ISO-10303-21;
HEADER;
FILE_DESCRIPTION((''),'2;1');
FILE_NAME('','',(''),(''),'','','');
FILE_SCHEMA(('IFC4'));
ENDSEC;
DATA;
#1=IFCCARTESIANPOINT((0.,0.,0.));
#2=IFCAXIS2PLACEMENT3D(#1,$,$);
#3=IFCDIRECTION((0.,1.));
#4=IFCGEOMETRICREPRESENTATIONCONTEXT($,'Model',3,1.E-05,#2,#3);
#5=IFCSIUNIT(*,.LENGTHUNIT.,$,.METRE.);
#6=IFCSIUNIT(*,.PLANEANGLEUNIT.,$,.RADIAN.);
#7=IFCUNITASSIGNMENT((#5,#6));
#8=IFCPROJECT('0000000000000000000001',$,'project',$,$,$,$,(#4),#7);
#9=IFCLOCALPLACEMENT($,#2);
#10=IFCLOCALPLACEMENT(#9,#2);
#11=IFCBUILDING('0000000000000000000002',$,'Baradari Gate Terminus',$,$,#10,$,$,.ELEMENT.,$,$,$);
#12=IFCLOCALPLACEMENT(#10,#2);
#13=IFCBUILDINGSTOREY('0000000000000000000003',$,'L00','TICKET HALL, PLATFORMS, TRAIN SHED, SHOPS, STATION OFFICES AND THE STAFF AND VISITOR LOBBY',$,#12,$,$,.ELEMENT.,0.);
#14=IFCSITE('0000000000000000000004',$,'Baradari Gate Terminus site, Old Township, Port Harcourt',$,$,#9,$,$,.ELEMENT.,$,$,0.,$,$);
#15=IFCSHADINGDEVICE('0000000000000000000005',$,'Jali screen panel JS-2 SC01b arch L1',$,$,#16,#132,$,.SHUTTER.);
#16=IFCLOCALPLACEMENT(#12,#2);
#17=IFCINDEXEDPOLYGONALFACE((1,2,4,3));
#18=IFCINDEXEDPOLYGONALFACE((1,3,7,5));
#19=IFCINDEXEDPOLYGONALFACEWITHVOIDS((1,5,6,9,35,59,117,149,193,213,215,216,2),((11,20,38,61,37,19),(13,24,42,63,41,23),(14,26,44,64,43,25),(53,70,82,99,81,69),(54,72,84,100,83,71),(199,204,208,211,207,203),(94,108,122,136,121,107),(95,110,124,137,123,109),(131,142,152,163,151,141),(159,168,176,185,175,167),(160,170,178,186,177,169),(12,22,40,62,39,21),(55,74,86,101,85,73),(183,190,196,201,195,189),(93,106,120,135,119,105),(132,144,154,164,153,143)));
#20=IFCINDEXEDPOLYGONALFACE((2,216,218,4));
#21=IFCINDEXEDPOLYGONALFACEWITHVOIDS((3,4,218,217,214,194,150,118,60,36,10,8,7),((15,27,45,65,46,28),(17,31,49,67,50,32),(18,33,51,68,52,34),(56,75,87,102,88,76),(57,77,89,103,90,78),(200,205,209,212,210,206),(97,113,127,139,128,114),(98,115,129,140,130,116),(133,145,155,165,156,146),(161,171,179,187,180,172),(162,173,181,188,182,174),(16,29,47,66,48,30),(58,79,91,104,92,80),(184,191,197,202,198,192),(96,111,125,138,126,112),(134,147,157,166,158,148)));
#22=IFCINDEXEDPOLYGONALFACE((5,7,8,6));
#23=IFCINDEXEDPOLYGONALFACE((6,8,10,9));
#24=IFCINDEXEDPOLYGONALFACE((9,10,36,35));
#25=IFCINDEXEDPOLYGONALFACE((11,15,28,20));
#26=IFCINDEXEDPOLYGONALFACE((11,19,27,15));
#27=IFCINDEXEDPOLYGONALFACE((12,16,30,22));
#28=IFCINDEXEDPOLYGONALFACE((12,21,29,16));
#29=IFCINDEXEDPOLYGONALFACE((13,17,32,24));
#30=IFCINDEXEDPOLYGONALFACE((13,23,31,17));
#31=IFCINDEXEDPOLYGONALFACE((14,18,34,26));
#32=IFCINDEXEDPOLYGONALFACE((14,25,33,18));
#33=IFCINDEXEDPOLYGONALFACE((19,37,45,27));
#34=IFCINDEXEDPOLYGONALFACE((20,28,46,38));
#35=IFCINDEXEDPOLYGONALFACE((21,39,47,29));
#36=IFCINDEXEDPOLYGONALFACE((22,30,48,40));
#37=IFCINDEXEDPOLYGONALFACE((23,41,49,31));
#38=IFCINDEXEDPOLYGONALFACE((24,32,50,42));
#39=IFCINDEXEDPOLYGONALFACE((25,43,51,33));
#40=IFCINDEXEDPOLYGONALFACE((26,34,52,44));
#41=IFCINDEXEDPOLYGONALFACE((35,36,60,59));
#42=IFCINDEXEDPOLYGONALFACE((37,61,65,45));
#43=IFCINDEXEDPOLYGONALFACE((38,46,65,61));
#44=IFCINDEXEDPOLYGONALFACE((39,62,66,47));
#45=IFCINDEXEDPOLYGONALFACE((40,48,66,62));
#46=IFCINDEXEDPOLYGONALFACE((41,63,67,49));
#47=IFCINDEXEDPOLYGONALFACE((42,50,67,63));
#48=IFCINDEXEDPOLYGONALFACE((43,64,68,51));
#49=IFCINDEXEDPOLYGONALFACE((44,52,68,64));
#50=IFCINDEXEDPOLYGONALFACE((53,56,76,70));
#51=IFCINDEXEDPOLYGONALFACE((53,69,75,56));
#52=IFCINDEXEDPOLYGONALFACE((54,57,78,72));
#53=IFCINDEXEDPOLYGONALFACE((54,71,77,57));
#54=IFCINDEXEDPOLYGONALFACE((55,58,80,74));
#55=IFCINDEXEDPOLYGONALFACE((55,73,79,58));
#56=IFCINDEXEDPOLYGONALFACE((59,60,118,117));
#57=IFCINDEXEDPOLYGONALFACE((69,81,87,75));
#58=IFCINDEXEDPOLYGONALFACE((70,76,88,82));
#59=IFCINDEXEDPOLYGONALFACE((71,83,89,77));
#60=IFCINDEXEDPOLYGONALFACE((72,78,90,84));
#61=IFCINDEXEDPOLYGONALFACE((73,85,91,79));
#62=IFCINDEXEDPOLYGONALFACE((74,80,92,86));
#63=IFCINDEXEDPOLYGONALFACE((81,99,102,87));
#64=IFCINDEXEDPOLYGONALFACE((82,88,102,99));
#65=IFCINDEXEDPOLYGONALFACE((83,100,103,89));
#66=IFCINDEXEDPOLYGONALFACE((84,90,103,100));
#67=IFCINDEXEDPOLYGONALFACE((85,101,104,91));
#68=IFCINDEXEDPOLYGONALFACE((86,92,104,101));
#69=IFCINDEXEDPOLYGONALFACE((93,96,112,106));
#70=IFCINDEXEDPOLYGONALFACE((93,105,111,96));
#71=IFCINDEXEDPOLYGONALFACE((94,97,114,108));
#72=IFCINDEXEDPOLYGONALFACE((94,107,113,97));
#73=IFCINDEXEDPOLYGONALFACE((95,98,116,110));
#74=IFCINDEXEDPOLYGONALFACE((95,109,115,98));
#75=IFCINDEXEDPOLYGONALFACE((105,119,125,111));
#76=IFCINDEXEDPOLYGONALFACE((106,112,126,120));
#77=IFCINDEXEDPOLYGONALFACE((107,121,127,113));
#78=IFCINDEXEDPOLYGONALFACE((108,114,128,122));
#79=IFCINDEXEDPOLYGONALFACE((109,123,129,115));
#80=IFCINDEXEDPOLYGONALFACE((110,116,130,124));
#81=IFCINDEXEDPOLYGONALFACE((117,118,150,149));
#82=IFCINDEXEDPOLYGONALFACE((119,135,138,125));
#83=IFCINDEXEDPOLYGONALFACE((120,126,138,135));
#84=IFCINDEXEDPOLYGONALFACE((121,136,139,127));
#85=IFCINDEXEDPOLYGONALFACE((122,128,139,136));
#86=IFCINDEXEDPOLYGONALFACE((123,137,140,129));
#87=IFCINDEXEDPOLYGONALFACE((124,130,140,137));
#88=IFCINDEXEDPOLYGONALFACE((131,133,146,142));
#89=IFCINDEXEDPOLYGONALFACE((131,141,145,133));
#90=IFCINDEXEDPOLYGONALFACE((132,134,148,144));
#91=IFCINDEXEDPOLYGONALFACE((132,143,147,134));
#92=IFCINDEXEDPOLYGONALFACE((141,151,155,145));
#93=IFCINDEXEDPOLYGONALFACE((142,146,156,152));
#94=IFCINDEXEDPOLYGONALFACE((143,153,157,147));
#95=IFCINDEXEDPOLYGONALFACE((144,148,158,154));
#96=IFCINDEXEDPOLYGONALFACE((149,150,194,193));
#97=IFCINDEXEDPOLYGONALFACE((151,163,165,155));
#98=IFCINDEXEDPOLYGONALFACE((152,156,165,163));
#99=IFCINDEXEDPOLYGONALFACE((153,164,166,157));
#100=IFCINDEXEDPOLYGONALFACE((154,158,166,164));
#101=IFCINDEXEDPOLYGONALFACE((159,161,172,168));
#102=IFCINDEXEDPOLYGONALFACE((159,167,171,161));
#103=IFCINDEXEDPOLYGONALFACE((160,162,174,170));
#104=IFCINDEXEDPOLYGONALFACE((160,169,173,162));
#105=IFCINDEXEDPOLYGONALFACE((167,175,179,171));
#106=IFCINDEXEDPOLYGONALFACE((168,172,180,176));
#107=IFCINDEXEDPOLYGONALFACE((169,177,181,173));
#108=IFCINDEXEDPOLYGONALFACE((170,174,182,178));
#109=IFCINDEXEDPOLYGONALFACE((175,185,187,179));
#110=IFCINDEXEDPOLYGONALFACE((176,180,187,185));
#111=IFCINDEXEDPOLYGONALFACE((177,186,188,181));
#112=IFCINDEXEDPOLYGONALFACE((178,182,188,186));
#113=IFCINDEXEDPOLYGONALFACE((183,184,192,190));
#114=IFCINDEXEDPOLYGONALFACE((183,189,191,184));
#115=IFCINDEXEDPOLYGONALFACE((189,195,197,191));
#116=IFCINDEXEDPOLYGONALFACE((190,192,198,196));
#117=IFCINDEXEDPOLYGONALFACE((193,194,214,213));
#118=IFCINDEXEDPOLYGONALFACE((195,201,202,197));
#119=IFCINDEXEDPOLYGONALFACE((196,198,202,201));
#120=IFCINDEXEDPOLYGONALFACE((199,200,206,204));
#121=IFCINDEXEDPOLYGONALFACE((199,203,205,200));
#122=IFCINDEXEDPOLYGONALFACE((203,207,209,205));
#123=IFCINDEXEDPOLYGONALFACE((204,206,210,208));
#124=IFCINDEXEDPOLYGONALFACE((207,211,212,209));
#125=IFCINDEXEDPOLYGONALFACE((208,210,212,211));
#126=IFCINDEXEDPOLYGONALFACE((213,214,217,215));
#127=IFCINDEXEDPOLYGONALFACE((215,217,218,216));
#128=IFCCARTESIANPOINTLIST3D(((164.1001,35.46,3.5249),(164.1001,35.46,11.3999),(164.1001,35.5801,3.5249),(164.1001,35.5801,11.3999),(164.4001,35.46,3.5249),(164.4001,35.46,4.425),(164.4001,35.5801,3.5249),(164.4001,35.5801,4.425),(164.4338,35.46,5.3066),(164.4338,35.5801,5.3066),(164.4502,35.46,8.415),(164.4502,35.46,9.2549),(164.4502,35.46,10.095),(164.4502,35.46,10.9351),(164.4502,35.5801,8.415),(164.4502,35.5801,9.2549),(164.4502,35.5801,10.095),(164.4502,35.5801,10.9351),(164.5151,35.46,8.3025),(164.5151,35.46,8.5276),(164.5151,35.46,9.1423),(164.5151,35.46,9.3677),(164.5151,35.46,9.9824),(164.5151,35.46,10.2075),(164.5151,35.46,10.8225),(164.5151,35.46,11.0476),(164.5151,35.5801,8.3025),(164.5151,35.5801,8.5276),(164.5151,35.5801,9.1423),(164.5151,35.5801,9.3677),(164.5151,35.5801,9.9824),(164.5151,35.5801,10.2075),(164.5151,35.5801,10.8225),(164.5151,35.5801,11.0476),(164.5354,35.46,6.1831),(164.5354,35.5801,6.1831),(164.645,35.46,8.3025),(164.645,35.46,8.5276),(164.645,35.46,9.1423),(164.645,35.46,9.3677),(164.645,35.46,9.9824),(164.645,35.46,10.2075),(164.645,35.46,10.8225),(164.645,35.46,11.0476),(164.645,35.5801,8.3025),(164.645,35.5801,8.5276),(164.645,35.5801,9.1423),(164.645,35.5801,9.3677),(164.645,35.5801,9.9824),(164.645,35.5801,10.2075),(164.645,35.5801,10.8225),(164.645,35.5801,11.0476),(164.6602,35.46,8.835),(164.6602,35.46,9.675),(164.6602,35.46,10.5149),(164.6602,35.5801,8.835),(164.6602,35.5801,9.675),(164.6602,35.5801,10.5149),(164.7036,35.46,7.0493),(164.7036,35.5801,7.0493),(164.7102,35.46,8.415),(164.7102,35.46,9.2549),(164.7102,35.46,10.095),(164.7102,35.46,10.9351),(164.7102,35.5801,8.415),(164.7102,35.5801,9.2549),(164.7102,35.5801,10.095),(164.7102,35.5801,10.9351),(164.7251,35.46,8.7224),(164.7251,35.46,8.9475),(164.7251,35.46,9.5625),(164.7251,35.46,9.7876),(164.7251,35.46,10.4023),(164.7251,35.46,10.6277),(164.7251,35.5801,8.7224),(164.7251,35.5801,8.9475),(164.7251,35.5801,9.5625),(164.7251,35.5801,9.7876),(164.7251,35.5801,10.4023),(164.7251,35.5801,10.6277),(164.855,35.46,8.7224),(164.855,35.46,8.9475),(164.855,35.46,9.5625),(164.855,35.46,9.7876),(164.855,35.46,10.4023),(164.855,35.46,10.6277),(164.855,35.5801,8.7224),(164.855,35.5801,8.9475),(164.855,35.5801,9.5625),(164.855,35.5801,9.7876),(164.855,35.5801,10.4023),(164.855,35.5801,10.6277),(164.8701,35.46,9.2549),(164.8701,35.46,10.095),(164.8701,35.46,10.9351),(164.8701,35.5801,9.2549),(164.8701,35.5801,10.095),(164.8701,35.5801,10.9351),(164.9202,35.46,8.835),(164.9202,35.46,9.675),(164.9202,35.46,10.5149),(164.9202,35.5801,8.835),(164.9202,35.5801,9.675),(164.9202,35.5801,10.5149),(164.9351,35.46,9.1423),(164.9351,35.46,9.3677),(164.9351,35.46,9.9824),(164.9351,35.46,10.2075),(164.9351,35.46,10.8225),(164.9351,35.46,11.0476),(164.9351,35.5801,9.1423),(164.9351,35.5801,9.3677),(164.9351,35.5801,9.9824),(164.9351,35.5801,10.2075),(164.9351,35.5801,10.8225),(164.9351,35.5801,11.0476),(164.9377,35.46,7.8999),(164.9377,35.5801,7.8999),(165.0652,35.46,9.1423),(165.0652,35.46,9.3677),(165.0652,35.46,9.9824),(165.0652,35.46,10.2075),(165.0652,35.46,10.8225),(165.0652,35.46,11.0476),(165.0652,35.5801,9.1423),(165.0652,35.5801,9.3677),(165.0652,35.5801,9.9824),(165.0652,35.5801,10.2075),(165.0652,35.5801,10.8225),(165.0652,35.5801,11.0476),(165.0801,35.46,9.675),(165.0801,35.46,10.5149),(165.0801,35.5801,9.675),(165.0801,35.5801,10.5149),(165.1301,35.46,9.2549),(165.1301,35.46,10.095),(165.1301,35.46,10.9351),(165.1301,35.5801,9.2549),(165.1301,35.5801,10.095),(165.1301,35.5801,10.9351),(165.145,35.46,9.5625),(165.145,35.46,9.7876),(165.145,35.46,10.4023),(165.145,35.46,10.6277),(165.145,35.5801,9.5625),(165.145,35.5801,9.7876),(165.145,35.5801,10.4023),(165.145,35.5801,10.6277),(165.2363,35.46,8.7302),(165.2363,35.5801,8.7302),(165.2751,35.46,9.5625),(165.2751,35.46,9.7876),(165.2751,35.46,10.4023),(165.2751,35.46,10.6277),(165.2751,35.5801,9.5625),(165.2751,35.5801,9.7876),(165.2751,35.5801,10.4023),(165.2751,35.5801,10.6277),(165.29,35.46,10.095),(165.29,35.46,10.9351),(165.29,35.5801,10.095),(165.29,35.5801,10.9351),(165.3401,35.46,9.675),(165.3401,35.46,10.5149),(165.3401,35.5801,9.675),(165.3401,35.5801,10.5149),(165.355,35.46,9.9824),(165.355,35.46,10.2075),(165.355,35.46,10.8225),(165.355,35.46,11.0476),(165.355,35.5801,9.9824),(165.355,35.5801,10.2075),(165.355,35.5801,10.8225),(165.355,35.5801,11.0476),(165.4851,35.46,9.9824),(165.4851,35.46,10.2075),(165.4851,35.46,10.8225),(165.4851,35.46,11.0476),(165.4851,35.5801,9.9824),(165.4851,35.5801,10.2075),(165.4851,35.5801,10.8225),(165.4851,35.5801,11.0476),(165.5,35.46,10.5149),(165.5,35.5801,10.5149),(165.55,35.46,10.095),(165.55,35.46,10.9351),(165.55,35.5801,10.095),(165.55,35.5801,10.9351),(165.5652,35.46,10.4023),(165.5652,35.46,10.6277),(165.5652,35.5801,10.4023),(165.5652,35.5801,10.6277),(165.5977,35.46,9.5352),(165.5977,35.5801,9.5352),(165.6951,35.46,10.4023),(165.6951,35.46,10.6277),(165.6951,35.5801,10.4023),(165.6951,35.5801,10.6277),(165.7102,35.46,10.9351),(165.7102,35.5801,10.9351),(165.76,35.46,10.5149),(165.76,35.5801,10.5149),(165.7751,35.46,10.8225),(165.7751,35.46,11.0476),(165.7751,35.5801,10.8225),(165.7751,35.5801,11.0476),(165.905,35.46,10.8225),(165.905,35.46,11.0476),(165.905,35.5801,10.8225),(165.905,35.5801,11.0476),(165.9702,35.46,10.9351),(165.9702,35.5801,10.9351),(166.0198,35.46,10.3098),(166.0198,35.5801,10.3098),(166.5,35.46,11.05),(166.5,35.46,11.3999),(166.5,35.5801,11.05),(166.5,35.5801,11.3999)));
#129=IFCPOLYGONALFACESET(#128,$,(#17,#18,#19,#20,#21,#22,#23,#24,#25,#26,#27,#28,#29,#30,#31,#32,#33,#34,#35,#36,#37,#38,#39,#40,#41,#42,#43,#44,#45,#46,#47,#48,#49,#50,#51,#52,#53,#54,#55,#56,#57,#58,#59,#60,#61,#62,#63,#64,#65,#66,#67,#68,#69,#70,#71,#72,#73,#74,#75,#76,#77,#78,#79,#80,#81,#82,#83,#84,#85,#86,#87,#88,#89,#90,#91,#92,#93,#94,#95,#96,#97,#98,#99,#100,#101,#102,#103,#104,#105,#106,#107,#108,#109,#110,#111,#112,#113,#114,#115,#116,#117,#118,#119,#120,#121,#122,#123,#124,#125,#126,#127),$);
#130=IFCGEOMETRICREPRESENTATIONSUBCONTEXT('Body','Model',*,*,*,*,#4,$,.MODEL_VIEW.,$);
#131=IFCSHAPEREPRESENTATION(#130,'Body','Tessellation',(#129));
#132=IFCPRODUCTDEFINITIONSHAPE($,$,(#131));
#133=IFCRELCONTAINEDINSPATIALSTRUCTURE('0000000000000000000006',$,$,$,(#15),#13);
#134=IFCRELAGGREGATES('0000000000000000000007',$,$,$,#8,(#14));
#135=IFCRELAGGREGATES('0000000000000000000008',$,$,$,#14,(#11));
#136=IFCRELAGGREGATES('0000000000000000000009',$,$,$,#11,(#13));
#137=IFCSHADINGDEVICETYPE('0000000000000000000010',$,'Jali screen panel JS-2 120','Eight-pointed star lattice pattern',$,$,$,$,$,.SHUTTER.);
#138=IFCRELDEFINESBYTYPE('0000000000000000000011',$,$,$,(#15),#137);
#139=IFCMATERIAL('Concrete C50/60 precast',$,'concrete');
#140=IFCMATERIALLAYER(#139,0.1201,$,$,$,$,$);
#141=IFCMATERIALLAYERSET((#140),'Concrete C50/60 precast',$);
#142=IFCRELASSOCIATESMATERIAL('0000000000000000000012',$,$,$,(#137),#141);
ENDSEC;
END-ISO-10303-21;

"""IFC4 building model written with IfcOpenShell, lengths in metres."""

from ifc_helpers import new_model, si_unit, direction, frame, origin, place, context, subcontext, project, spatial, polyline, outline, extrude, material, layer, layer_set, type_object, element, save


model = new_model("IFC4")

# Units and contexts
model_context = context("Model", 3, precision=1e-05, world=origin(), true_north=direction((0.0, 1.0)))
body_context = subcontext(model_context, "Body", "Model", "MODEL_VIEW")
ifc_project = project(units=[si_unit("LENGTHUNIT", "METRE"), si_unit("PLANEANGLEUNIT", "RADIAN")], contexts=[model_context])

# Site, building, storey
site_placement = place(None, origin())
site = spatial("IfcSite", under=ifc_project, at=site_placement, Name="Baradari Gate Terminus site, Old Township, Port Harcourt", CompositionType="ELEMENT", RefElevation=0.0)
building_placement = place(site_placement, origin())
building = spatial("IfcBuilding", under=site, at=building_placement, Name="Baradari Gate Terminus", CompositionType="ELEMENT")
storey_placement = place(building_placement, origin())
storey = spatial("IfcBuildingStorey", under=building, at=storey_placement, Name="L00", Description="TICKET HALL, PLATFORMS, TRAIN SHED, SHOPS, STATION OFFICES AND THE STAFF AND VISITOR LOBBY", CompositionType="ELEMENT", Elevation=0.0)

# Shading device
ifc_material_1 = material(Name="Concrete C50/60 precast", Category="concrete")
ifc_layer_1 = layer(ifc_material_1, 0.1201)
ifc_layer_set_1 = layer_set([ifc_layer_1], Name="Concrete C50/60 precast")
shading_device_type = type_object("IfcShadingDeviceType", Name="Jali screen panel JS-2 120", Description="Eight-pointed star lattice pattern", PredefinedType="SHUTTER", material=ifc_layer_set_1)
shading_device_1_placement = place(storey_placement, frame((164.1001, 35.52, 3.5249), z_axis=(0.0, 0.0, 1.0), x_axis=(1.0, 0.0, 0.0)))
element("IfcShadingDevice", 1, at=shading_device_1_placement, inside=storey, type_object=shading_device_type, Name="Jali screen panel JS-2 SC01b arch L1", PredefinedType="SHUTTER", context=body_context, shape_type="SweptSolid", body=[
    extrude(outline(polyline([(0.0, 0.0), (0.3, 0.0), (0.3, 0.9001), (0.3337, 1.7817), (0.4353, 2.6582), (0.6035, 3.5244), (0.8376, 4.375), (1.1362, 5.2053), (1.4976, 6.0103), (1.9197, 6.7849), (2.3999, 7.5251), (2.3999, 7.875), (0.0, 7.875), (0.0, 0.0)]), holes=[polyline([(0.6101, 4.8901), (0.5449, 4.7776), (0.415, 4.7776), (0.3501, 4.8901), (0.415, 5.0027), (0.5449, 5.0027), (0.6101, 4.8901)]), polyline([(0.8201, 5.3101), (0.7549, 5.1975), (0.625, 5.1975), (0.5601, 5.3101), (0.625, 5.4226), (0.7549, 5.4226), (0.8201, 5.3101)]), polyline([(0.6101, 5.73), (0.5449, 5.6174), (0.415, 5.6174), (0.3501, 5.73), (0.415, 5.8428), (0.5449, 5.8428), (0.6101, 5.73)]), polyline([(1.03, 5.73), (0.9651, 5.6174), (0.835, 5.6174), (0.77, 5.73), (0.835, 5.8428), (0.9651, 5.8428), (1.03, 5.73)]), polyline([(0.8201, 6.1501), (0.7549, 6.0376), (0.625, 6.0376), (0.5601, 6.1501), (0.625, 6.2627), (0.7549, 6.2627), (0.8201, 6.1501)]), polyline([(1.24, 6.1501), (1.175, 6.0376), (1.0449, 6.0376), (0.98, 6.1501), (1.0449, 6.2627), (1.175, 6.2627), (1.24, 6.1501)]), polyline([(0.6101, 6.5701), (0.5449, 6.4575), (0.415, 6.4575), (0.3501, 6.5701), (0.415, 6.6826), (0.5449, 6.6826), (0.6101, 6.5701)]), polyline([(1.03, 6.5701), (0.9651, 6.4575), (0.835, 6.4575), (0.77, 6.5701), (0.835, 6.6826), (0.9651, 6.6826), (1.03, 6.5701)]), polyline([(1.45, 6.5701), (1.385, 6.4575), (1.2549, 6.4575), (1.1899, 6.5701), (1.2549, 6.6826), (1.385, 6.6826), (1.45, 6.5701)]), polyline([(0.8201, 6.99), (0.7549, 6.8774), (0.625, 6.8774), (0.5601, 6.99), (0.625, 7.1028), (0.7549, 7.1028), (0.8201, 6.99)]), polyline([(1.24, 6.99), (1.175, 6.8774), (1.0449, 6.8774), (0.98, 6.99), (1.0449, 7.1028), (1.175, 7.1028), (1.24, 6.99)]), polyline([(1.6599, 6.99), (1.595, 6.8774), (1.4651, 6.8774), (1.3999, 6.99), (1.4651, 7.1028), (1.595, 7.1028), (1.6599, 6.99)]), polyline([(0.6101, 7.4102), (0.5449, 7.2976), (0.415, 7.2976), (0.3501, 7.4102), (0.415, 7.5227), (0.5449, 7.5227), (0.6101, 7.4102)]), polyline([(1.03, 7.4102), (0.9651, 7.2976), (0.835, 7.2976), (0.77, 7.4102), (0.835, 7.5227), (0.9651, 7.5227), (1.03, 7.4102)]), polyline([(1.45, 7.4102), (1.385, 7.2976), (1.2549, 7.2976), (1.1899, 7.4102), (1.2549, 7.5227), (1.385, 7.5227), (1.45, 7.4102)]), polyline([(1.8701, 7.4102), (1.8049, 7.2976), (1.675, 7.2976), (1.6101, 7.4102), (1.675, 7.5227), (1.8049, 7.5227), (1.8701, 7.4102)])]), frame((0.0, 0.0601, 0.0), z_axis=(0.0, -1.0, 0.0), x_axis=(1.0, 0.0, 0.0)), (0.0, 0.0, 1.0), 0.1201),
])

save(model, "model.ifc")
